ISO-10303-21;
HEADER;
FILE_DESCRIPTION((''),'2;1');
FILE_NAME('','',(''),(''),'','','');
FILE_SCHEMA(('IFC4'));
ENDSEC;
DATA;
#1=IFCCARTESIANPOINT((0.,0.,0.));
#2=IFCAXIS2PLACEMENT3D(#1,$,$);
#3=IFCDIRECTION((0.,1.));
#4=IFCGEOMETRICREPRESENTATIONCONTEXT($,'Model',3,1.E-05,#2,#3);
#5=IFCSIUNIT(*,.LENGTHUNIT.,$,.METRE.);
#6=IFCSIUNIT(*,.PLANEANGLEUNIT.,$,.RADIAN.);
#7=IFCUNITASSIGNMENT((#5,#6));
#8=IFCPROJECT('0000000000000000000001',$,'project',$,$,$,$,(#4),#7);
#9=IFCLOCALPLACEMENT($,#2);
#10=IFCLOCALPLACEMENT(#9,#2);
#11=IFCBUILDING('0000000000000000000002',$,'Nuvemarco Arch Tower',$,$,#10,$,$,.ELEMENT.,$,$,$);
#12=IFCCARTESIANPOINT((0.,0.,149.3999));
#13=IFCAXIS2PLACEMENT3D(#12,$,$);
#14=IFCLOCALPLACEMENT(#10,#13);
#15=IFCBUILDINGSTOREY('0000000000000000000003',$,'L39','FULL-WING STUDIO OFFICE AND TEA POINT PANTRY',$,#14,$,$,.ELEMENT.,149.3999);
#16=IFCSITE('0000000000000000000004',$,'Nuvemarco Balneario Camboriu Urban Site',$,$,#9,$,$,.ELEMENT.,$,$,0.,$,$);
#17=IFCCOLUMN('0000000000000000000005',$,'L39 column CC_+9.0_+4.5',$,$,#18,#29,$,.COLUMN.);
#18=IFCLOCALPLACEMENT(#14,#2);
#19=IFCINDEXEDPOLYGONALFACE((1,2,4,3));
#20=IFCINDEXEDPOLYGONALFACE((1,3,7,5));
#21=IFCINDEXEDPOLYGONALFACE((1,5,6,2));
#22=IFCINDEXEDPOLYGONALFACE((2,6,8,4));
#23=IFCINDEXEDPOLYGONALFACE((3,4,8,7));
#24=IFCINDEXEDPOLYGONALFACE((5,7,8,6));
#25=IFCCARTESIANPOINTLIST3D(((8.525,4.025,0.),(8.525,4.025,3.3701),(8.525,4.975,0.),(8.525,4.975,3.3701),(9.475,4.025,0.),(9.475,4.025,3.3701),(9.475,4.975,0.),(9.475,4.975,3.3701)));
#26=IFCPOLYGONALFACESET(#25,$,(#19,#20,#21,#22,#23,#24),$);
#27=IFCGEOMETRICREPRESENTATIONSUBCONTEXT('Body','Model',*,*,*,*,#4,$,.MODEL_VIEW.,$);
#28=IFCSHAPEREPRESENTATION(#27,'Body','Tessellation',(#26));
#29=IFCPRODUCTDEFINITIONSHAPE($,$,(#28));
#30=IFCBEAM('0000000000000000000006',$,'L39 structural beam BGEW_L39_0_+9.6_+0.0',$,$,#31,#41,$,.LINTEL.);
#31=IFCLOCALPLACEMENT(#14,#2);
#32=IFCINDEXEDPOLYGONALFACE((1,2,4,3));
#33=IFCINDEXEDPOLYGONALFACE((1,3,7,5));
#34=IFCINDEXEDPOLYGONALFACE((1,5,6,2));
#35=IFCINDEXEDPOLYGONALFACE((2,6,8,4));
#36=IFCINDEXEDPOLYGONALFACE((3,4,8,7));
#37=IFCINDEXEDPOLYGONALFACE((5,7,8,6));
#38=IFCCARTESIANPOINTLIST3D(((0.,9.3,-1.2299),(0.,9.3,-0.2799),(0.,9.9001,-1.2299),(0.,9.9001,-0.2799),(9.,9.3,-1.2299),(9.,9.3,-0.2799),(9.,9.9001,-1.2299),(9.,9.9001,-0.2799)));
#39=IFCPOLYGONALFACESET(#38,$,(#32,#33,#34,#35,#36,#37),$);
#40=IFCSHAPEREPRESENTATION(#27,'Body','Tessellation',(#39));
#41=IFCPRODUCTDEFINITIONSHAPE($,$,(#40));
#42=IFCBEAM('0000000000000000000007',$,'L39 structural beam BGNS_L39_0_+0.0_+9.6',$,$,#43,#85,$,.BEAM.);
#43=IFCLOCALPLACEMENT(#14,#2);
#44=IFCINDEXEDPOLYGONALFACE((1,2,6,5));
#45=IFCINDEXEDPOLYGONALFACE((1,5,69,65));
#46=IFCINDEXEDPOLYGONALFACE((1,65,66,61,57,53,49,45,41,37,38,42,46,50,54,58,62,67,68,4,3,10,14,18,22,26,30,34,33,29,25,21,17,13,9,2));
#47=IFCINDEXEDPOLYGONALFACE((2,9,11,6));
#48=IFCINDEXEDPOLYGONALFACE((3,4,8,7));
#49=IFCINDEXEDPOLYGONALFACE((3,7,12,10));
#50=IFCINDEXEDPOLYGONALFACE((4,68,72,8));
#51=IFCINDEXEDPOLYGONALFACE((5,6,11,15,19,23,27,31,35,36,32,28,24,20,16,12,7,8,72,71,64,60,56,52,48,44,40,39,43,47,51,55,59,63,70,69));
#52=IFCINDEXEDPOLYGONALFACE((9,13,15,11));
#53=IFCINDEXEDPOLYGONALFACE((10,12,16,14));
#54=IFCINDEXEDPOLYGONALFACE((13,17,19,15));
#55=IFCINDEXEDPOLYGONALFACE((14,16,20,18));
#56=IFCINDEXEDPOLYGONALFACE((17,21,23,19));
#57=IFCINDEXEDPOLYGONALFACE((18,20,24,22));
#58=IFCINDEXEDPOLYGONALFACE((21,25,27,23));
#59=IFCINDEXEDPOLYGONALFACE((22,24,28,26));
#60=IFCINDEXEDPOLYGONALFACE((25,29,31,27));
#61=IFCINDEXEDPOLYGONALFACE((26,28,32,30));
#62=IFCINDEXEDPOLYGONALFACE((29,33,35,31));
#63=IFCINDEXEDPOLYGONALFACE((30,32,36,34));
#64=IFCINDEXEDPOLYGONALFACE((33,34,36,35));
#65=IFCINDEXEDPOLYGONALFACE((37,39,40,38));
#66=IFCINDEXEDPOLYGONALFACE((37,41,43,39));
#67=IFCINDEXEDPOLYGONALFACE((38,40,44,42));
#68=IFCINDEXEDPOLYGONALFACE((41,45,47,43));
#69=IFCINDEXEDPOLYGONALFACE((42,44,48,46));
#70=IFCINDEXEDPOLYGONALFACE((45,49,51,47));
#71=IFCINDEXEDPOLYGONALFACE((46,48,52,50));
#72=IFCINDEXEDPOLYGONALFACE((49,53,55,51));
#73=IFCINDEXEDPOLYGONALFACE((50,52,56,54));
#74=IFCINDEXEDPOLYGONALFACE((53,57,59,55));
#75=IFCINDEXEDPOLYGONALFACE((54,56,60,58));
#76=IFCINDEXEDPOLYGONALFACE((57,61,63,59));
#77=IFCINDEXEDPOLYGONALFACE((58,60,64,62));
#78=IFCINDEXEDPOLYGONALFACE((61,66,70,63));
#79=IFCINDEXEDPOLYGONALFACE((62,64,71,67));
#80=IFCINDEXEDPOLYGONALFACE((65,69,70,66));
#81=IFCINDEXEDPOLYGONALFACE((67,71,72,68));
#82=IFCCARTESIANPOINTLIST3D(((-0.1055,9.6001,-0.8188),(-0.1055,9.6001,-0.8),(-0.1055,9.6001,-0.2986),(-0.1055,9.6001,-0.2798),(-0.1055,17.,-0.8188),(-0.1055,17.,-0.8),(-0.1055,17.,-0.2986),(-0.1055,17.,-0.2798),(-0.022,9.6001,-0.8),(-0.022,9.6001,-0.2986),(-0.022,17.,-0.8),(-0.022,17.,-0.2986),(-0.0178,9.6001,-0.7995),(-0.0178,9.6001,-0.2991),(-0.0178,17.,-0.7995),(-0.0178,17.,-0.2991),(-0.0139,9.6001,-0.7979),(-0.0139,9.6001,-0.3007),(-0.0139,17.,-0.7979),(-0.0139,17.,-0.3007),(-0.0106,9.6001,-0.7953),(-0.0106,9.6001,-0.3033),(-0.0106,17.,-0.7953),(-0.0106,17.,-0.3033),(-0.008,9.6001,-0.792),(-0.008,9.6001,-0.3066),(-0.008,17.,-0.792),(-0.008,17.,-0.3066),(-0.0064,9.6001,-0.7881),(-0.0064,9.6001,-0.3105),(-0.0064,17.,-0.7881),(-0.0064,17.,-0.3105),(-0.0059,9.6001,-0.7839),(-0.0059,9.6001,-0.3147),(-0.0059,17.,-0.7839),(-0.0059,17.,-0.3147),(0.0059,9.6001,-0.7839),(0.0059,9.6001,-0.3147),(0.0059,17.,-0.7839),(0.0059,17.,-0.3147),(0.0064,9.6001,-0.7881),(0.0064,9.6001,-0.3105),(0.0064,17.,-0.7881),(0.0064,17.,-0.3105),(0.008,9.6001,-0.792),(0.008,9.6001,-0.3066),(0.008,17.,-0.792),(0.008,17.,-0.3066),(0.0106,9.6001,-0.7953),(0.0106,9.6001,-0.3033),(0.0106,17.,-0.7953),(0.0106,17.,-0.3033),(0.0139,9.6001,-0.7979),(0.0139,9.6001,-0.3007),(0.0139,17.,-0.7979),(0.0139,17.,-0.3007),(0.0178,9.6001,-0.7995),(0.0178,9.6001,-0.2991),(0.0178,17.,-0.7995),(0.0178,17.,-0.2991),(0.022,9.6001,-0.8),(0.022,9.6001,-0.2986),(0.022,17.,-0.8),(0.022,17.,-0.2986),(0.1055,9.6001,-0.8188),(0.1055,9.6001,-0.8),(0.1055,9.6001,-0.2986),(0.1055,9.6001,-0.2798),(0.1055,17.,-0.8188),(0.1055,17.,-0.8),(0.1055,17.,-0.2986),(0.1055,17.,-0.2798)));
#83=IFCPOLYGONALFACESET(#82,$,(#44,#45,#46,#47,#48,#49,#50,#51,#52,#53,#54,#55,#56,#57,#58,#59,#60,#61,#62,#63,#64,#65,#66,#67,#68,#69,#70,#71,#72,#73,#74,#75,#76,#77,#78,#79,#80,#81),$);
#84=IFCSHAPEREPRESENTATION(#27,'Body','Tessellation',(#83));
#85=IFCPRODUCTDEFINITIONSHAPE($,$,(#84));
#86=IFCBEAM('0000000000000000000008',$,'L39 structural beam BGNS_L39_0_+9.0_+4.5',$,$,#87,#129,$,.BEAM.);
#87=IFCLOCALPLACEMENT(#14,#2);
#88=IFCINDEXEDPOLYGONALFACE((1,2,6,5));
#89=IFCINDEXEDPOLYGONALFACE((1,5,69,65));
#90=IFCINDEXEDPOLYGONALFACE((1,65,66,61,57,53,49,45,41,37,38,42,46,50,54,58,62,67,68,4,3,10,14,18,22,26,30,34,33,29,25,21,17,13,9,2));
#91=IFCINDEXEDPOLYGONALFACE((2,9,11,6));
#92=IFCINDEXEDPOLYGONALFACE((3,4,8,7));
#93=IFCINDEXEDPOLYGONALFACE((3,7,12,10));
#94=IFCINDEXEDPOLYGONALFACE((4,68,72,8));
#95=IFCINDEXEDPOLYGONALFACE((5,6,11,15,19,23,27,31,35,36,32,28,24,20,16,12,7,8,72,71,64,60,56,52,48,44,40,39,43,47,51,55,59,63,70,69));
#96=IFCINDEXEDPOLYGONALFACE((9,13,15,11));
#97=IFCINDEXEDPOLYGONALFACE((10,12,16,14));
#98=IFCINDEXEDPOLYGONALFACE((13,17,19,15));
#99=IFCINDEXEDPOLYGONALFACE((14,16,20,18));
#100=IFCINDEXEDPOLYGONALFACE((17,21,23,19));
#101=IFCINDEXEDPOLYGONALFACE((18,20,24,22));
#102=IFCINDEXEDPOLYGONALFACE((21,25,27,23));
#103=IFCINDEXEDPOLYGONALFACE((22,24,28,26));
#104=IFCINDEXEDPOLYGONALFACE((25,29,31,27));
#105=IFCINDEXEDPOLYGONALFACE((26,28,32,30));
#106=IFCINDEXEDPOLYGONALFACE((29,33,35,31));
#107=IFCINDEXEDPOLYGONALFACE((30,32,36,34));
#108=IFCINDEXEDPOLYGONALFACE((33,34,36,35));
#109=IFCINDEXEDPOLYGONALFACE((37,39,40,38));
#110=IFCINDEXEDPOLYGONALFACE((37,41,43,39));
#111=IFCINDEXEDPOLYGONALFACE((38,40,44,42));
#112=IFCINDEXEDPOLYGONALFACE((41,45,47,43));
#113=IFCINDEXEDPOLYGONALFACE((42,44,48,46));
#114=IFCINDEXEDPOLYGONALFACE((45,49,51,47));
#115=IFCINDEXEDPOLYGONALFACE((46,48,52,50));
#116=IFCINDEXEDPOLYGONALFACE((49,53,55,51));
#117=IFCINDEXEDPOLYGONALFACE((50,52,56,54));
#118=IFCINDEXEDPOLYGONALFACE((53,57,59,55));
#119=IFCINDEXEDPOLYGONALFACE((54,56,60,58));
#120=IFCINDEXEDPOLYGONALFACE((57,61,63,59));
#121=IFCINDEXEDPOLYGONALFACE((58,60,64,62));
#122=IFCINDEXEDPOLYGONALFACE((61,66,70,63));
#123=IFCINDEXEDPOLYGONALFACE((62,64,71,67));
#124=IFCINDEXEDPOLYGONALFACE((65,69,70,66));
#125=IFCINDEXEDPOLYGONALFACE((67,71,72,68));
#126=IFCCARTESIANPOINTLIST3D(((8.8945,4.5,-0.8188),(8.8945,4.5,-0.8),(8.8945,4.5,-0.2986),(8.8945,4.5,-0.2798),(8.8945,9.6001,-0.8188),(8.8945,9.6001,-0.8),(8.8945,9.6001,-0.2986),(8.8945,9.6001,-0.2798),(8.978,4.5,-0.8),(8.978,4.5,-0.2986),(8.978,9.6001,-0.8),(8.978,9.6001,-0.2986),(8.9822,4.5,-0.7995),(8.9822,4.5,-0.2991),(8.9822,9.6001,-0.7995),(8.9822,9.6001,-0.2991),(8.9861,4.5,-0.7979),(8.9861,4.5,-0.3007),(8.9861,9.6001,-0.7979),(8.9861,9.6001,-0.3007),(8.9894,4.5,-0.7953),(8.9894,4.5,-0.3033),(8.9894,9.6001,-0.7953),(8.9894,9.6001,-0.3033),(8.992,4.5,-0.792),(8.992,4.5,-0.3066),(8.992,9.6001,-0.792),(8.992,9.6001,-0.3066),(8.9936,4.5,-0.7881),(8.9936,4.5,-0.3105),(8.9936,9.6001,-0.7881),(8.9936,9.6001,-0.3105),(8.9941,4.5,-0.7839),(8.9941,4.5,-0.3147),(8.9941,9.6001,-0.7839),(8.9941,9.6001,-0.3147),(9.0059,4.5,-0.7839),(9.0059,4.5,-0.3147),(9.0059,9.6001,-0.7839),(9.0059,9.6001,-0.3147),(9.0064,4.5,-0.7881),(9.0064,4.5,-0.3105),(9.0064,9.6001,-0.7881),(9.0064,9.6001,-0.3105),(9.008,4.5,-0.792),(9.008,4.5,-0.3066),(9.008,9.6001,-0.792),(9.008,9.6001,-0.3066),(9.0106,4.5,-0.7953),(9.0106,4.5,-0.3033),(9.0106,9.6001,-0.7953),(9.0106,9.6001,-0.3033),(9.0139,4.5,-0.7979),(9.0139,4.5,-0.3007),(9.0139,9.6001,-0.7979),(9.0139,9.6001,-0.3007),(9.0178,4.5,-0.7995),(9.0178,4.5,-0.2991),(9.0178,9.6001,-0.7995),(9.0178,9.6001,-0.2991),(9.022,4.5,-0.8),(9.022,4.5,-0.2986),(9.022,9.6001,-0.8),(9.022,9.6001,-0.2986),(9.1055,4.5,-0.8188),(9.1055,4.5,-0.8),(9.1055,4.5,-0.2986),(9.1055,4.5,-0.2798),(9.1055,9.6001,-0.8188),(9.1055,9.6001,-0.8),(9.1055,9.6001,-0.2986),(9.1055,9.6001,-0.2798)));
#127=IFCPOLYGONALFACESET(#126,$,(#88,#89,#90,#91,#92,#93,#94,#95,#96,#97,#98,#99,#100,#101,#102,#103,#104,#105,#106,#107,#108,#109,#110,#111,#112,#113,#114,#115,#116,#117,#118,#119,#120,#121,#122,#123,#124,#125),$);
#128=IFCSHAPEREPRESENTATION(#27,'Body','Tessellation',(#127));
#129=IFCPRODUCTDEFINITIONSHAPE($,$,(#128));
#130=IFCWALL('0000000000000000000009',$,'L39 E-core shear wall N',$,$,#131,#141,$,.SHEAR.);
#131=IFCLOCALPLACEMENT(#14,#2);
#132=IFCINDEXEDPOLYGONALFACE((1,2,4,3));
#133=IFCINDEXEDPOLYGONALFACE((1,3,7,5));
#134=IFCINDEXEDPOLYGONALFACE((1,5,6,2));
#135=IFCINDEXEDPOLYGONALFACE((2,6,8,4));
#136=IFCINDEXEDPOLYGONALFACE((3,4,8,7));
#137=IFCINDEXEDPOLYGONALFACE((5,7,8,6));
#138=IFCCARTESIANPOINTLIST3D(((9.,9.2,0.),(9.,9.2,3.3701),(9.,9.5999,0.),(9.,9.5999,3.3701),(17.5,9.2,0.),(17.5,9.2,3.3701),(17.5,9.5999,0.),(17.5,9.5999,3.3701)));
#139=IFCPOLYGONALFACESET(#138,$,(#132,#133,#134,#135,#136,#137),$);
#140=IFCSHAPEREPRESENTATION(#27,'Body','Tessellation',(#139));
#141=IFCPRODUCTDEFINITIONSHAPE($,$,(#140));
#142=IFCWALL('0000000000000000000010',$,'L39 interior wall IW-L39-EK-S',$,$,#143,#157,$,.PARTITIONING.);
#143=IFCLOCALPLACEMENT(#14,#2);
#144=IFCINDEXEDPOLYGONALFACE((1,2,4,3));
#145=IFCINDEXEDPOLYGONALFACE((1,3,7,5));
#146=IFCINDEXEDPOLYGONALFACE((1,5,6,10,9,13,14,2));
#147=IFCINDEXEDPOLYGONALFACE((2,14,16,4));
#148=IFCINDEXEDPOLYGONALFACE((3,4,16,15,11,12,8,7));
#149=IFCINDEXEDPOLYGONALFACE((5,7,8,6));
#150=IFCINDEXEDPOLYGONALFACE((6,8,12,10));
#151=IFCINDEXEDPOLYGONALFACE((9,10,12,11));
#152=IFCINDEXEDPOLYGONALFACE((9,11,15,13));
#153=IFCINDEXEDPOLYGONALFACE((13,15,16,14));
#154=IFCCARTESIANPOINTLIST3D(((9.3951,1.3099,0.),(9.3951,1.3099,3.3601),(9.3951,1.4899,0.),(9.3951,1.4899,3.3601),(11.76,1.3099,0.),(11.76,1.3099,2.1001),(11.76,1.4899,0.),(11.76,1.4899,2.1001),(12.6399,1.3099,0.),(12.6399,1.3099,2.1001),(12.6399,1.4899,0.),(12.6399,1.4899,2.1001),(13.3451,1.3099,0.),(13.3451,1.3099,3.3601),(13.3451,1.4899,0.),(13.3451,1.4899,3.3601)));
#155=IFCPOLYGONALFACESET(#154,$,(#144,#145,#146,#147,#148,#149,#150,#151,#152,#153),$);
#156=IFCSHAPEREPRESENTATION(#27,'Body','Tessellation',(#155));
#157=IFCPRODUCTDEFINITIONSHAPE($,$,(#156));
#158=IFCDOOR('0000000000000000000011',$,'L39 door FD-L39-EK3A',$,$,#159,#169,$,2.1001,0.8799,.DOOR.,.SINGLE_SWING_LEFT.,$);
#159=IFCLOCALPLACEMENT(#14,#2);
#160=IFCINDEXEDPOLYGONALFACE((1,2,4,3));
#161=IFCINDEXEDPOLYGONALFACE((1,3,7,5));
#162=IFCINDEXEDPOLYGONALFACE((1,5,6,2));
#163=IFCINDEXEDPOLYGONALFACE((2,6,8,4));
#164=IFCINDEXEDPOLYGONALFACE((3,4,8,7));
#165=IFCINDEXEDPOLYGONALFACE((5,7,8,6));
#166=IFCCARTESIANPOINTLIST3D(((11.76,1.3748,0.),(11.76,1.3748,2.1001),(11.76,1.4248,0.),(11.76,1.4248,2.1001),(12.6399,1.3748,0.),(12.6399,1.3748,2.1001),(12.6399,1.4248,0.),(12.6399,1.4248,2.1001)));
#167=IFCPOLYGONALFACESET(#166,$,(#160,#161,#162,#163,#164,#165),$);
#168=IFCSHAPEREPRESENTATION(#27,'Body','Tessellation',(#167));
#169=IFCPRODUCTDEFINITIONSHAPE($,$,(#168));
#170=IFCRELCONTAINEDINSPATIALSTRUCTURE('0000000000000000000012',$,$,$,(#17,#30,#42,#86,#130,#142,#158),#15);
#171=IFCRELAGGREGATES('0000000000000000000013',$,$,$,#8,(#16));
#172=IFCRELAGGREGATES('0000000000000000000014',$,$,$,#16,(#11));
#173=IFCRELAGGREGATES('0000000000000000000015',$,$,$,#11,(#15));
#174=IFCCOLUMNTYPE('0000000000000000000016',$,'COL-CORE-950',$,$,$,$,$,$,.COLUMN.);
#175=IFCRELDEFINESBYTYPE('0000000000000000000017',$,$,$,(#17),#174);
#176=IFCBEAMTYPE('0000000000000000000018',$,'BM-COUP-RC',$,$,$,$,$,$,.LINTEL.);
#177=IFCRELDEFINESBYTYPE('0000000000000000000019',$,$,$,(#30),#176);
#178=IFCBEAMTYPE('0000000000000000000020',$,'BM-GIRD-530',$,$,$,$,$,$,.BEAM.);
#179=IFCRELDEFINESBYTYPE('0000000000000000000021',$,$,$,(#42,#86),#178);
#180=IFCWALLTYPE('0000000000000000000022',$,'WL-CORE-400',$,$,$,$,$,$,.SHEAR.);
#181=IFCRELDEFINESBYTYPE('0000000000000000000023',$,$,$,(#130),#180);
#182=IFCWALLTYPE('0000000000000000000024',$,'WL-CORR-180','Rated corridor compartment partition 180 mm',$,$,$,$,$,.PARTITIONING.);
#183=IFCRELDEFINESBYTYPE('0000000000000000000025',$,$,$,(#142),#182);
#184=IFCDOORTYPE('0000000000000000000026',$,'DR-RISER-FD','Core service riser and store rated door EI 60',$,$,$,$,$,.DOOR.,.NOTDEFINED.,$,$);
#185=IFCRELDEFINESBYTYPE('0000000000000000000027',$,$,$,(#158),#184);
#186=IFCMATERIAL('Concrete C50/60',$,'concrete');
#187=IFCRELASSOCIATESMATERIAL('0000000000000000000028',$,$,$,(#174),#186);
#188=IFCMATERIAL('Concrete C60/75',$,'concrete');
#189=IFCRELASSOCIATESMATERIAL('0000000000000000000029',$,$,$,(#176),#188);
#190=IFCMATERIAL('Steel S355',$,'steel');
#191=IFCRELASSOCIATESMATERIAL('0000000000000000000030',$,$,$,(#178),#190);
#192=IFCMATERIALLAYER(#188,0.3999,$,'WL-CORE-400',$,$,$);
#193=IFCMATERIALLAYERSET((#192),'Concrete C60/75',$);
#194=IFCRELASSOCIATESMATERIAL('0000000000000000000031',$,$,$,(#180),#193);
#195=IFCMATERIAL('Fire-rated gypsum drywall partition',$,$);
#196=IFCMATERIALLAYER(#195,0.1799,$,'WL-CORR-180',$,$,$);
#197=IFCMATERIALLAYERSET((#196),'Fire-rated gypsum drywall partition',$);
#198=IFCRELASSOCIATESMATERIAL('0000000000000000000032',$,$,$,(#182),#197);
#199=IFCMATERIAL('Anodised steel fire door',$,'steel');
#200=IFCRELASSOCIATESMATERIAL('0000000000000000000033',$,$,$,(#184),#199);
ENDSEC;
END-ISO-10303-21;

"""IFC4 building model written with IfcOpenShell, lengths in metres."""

from ifc_helpers import new_model, si_unit, direction, frame, frame_2d, origin, origin_2d, place, context, subcontext, project, spatial, rectangle, i_section, extrude, source, transform, mapped, material, layer, layer_set, material_profile, profile_set, type_object, type_shapes, element, fill, save


model = new_model("IFC4")

# Units and contexts
model_context = context("Model", 3, precision=1e-05, world=origin(), true_north=direction((0.0, 1.0)))
body_context = subcontext(model_context, "Body", "Model", "MODEL_VIEW")
ifc_project = project(units=[si_unit("LENGTHUNIT", "METRE"), si_unit("PLANEANGLEUNIT", "RADIAN")], contexts=[model_context])

# Site, building, storey
site_placement = place(None, origin())
site = spatial("IfcSite", under=ifc_project, at=site_placement, Name="Nuvemarco Balneario Camboriu Urban Site", CompositionType="ELEMENT", RefElevation=0.0)
building_placement = place(site_placement, origin())
building = spatial("IfcBuilding", under=site, at=building_placement, Name="Nuvemarco Arch Tower", CompositionType="ELEMENT")
storey_placement = place(building_placement, frame((0.0, 0.0, 149.3999)))
storey = spatial("IfcBuildingStorey", under=building, at=storey_placement, Name="L39", Description="FULL-WING STUDIO OFFICE AND TEA POINT PANTRY", CompositionType="ELEMENT", Elevation=149.3999)

# Column
ifc_material_1 = material(Name="Concrete C50/60", Category="concrete")
ifc_material_profile_1 = material_profile(ifc_material_1, rectangle(XDim=0.95, YDim=0.95, at=origin_2d()), Name="RC-COL-950x950")
ifc_profile_set_1 = profile_set([ifc_material_profile_1], Name="Concrete C50/60")
column_type = type_object("IfcColumnType", Name="COL-CORE-950", PredefinedType="COLUMN", material=ifc_profile_set_1)
column_placement = place(storey_placement, frame((9.0, 4.5, 0.0), z_axis=(0.0, 0.0, 1.0), x_axis=(1.0, 0.0, 0.0)))
element("IfcColumn", 1, at=column_placement, inside=storey, type_object=column_type, Name="L39 column CC_+9.0_+4.5", PredefinedType="COLUMN", context=body_context, shape_type="SweptSolid", body=[
    extrude(rectangle(XDim=0.95, YDim=0.95, at=origin_2d()), origin(), (0.0, 0.0, 1.0), 3.3701),
])

# Beams
ifc_material_2 = material(Name="Concrete C60/75", Category="concrete")
ifc_material_profile_2 = material_profile(ifc_material_2, rectangle(XDim=0.6001, YDim=0.95, at=origin_2d()), Name="RC-BM-600x950")
ifc_profile_set_2 = profile_set([ifc_material_profile_2], Name="Concrete C60/75")
beam_type_1 = type_object("IfcBeamType", Name="BM-COUP-RC", PredefinedType="LINTEL", material=ifc_profile_set_2)
beam_1_placement = place(storey_placement, frame((0.0, 9.6001, -0.7549), z_axis=(1.0, 0.0, 0.0), x_axis=(0.0, 1.0, 0.0)))
element("IfcBeam", 2, at=beam_1_placement, inside=storey, type_object=beam_type_1, Name="L39 structural beam BGEW_L39_0_+9.6_+0.0", PredefinedType="LINTEL", context=body_context, shape_type="SweptSolid", body=[
    extrude(rectangle(XDim=0.6001, YDim=0.95, at=origin_2d()), origin(), (0.0, 0.0, 1.0), 9.0),
])
ifc_material_3 = material(Name="Steel S355", Category="steel")
ifc_material_profile_3 = material_profile(ifc_material_3, i_section(OverallWidth=0.2109, OverallDepth=0.5391, WebThickness=0.0117, FlangeThickness=0.0188, FilletRadius=0.0161, at=origin_2d()), Name="W530x109")
ifc_profile_set_3 = profile_set([ifc_material_profile_3], Name="Steel S355")
beam_type_2 = type_object("IfcBeamType", Name="BM-GIRD-530", PredefinedType="BEAM", material=ifc_profile_set_3)
beam_2_placement = place(storey_placement, frame((0.0, 9.6001, -0.5493), z_axis=(0.0, 1.0, 0.0), x_axis=(-1.0, 0.0, 0.0)))
element("IfcBeam", 3, at=beam_2_placement, inside=storey, type_object=beam_type_2, Name="L39 structural beam BGNS_L39_0_+0.0_+9.6", PredefinedType="BEAM", context=body_context, shape_type="SweptSolid", body=[
    extrude(i_section(OverallWidth=0.2109, OverallDepth=0.5391, WebThickness=0.0117, FlangeThickness=0.0188, FilletRadius=0.0161, at=origin_2d()), origin(), (0.0, 0.0, 1.0), 7.3999),
])
beam_3_placement = place(storey_placement, frame((9.0, 4.5, -0.5493), z_axis=(0.0, 1.0, 0.0), x_axis=(-1.0, 0.0, 0.0)))
element("IfcBeam", 4, at=beam_3_placement, inside=storey, type_object=beam_type_2, Name="L39 structural beam BGNS_L39_0_+9.0_+4.5", PredefinedType="BEAM", context=body_context, shape_type="SweptSolid", body=[
    extrude(i_section(OverallWidth=0.2109, OverallDepth=0.5391, WebThickness=0.0117, FlangeThickness=0.0188, FilletRadius=0.0161, at=origin_2d()), origin(), (0.0, 0.0, 1.0), 5.1001),
])

# Wall
ifc_layer_1 = layer(ifc_material_2, 0.3999, Name="WL-CORE-400")
ifc_layer_set_1 = layer_set([ifc_layer_1], Name="Concrete C60/75")
wall_type_1 = type_object("IfcWallType", Name="WL-CORE-400", PredefinedType="SHEAR", material=ifc_layer_set_1)
wall_1_placement = place(storey_placement, frame((9.0, 9.3999, 0.0), z_axis=(0.0, 0.0, 1.0), x_axis=(1.0, 0.0, 0.0)))
element("IfcWall", 5, at=wall_1_placement, inside=storey, type_object=wall_type_1, Name="L39 E-core shear wall N", PredefinedType="SHEAR", context=body_context, shape_type="SweptSolid", body=[
    extrude(rectangle(XDim=8.5, YDim=0.3999, at=frame_2d((4.25, 0.0))), origin(), (0.0, 0.0, 1.0), 3.3701),
])

# Wall, opening, door
ifc_material_4 = material(Name="Fire-rated gypsum drywall partition")
ifc_layer_2 = layer(ifc_material_4, 0.1799, Name="WL-CORR-180")
ifc_layer_set_2 = layer_set([ifc_layer_2], Name="Fire-rated gypsum drywall partition")
wall_type_2 = type_object("IfcWallType", Name="WL-CORR-180", Description="Rated corridor compartment partition 180 mm", PredefinedType="PARTITIONING", material=ifc_layer_set_2)
wall_2_placement = place(storey_placement, frame((9.395, 1.3999, 0.0), z_axis=(0.0, 0.0, 1.0), x_axis=(1.0, 0.0, 0.0)))
wall_2 = element("IfcWall", 6, at=wall_2_placement, inside=storey, type_object=wall_type_2, Name="L39 interior wall IW-L39-EK-S", PredefinedType="PARTITIONING", context=body_context, shape_type="SweptSolid", body=[
    extrude(rectangle(XDim=3.95, YDim=0.1799, at=frame_2d((1.9751, 0.0))), origin(), (0.0, 0.0, 1.0), 3.3601),
])
opening_1_placement = place(wall_2_placement, frame((2.365, 0.0, 0.0)))
opening_1 = element("IfcOpeningElement", 7, at=opening_1_placement, cuts=wall_2, PredefinedType="OPENING", context=body_context, shape_type="SweptSolid", body=[
    extrude(rectangle(XDim=0.8799, YDim=2.1001, at=frame_2d((0.4399, 1.05))), frame((0.0, 0.0999, 0.0), z_axis=(0.0, -1.0, 0.0), x_axis=(1.0, 0.0, 0.0)), (0.0, 0.0, 1.0), 0.2),
])
ifc_material_5 = material(Name="Anodised steel fire door", Category="steel")
door_type_1 = type_object("IfcDoorType", Name="DR-RISER-FD", Description="Core service riser and store rated door EI 60", OperationType="NOTDEFINED", PredefinedType="DOOR", material=ifc_material_5)
shared_shape_1 = source(origin(), body_context, "Body", "SweptSolid", [
    extrude(rectangle(XDim=0.8799, YDim=2.1001, at=frame_2d((0.4399, 1.05))), frame((0.0, 0.0249, 0.0), z_axis=(0.0, -1.0, 0.0), x_axis=(1.0, 0.0, 0.0)), (0.0, 0.0, 1.0), 0.05),
])
type_shapes(door_type_1, [shared_shape_1])
door_1_placement = place(opening_1_placement, origin())
door_1 = element("IfcDoor", 8, at=door_1_placement, inside=storey, type_object=door_type_1, Name="L39 door FD-L39-EK3A", OperationType="SINGLE_SWING_LEFT", OverallHeight=2.1001, OverallWidth=0.8799, PredefinedType="DOOR", context=body_context, shape_type="MappedRepresentation", body=[
    mapped(shared_shape_1, transform((0.0, 0.0, 0.0), scale=1.0)),
])
fill(opening_1, door_1)

save(model, "model.ifc")
